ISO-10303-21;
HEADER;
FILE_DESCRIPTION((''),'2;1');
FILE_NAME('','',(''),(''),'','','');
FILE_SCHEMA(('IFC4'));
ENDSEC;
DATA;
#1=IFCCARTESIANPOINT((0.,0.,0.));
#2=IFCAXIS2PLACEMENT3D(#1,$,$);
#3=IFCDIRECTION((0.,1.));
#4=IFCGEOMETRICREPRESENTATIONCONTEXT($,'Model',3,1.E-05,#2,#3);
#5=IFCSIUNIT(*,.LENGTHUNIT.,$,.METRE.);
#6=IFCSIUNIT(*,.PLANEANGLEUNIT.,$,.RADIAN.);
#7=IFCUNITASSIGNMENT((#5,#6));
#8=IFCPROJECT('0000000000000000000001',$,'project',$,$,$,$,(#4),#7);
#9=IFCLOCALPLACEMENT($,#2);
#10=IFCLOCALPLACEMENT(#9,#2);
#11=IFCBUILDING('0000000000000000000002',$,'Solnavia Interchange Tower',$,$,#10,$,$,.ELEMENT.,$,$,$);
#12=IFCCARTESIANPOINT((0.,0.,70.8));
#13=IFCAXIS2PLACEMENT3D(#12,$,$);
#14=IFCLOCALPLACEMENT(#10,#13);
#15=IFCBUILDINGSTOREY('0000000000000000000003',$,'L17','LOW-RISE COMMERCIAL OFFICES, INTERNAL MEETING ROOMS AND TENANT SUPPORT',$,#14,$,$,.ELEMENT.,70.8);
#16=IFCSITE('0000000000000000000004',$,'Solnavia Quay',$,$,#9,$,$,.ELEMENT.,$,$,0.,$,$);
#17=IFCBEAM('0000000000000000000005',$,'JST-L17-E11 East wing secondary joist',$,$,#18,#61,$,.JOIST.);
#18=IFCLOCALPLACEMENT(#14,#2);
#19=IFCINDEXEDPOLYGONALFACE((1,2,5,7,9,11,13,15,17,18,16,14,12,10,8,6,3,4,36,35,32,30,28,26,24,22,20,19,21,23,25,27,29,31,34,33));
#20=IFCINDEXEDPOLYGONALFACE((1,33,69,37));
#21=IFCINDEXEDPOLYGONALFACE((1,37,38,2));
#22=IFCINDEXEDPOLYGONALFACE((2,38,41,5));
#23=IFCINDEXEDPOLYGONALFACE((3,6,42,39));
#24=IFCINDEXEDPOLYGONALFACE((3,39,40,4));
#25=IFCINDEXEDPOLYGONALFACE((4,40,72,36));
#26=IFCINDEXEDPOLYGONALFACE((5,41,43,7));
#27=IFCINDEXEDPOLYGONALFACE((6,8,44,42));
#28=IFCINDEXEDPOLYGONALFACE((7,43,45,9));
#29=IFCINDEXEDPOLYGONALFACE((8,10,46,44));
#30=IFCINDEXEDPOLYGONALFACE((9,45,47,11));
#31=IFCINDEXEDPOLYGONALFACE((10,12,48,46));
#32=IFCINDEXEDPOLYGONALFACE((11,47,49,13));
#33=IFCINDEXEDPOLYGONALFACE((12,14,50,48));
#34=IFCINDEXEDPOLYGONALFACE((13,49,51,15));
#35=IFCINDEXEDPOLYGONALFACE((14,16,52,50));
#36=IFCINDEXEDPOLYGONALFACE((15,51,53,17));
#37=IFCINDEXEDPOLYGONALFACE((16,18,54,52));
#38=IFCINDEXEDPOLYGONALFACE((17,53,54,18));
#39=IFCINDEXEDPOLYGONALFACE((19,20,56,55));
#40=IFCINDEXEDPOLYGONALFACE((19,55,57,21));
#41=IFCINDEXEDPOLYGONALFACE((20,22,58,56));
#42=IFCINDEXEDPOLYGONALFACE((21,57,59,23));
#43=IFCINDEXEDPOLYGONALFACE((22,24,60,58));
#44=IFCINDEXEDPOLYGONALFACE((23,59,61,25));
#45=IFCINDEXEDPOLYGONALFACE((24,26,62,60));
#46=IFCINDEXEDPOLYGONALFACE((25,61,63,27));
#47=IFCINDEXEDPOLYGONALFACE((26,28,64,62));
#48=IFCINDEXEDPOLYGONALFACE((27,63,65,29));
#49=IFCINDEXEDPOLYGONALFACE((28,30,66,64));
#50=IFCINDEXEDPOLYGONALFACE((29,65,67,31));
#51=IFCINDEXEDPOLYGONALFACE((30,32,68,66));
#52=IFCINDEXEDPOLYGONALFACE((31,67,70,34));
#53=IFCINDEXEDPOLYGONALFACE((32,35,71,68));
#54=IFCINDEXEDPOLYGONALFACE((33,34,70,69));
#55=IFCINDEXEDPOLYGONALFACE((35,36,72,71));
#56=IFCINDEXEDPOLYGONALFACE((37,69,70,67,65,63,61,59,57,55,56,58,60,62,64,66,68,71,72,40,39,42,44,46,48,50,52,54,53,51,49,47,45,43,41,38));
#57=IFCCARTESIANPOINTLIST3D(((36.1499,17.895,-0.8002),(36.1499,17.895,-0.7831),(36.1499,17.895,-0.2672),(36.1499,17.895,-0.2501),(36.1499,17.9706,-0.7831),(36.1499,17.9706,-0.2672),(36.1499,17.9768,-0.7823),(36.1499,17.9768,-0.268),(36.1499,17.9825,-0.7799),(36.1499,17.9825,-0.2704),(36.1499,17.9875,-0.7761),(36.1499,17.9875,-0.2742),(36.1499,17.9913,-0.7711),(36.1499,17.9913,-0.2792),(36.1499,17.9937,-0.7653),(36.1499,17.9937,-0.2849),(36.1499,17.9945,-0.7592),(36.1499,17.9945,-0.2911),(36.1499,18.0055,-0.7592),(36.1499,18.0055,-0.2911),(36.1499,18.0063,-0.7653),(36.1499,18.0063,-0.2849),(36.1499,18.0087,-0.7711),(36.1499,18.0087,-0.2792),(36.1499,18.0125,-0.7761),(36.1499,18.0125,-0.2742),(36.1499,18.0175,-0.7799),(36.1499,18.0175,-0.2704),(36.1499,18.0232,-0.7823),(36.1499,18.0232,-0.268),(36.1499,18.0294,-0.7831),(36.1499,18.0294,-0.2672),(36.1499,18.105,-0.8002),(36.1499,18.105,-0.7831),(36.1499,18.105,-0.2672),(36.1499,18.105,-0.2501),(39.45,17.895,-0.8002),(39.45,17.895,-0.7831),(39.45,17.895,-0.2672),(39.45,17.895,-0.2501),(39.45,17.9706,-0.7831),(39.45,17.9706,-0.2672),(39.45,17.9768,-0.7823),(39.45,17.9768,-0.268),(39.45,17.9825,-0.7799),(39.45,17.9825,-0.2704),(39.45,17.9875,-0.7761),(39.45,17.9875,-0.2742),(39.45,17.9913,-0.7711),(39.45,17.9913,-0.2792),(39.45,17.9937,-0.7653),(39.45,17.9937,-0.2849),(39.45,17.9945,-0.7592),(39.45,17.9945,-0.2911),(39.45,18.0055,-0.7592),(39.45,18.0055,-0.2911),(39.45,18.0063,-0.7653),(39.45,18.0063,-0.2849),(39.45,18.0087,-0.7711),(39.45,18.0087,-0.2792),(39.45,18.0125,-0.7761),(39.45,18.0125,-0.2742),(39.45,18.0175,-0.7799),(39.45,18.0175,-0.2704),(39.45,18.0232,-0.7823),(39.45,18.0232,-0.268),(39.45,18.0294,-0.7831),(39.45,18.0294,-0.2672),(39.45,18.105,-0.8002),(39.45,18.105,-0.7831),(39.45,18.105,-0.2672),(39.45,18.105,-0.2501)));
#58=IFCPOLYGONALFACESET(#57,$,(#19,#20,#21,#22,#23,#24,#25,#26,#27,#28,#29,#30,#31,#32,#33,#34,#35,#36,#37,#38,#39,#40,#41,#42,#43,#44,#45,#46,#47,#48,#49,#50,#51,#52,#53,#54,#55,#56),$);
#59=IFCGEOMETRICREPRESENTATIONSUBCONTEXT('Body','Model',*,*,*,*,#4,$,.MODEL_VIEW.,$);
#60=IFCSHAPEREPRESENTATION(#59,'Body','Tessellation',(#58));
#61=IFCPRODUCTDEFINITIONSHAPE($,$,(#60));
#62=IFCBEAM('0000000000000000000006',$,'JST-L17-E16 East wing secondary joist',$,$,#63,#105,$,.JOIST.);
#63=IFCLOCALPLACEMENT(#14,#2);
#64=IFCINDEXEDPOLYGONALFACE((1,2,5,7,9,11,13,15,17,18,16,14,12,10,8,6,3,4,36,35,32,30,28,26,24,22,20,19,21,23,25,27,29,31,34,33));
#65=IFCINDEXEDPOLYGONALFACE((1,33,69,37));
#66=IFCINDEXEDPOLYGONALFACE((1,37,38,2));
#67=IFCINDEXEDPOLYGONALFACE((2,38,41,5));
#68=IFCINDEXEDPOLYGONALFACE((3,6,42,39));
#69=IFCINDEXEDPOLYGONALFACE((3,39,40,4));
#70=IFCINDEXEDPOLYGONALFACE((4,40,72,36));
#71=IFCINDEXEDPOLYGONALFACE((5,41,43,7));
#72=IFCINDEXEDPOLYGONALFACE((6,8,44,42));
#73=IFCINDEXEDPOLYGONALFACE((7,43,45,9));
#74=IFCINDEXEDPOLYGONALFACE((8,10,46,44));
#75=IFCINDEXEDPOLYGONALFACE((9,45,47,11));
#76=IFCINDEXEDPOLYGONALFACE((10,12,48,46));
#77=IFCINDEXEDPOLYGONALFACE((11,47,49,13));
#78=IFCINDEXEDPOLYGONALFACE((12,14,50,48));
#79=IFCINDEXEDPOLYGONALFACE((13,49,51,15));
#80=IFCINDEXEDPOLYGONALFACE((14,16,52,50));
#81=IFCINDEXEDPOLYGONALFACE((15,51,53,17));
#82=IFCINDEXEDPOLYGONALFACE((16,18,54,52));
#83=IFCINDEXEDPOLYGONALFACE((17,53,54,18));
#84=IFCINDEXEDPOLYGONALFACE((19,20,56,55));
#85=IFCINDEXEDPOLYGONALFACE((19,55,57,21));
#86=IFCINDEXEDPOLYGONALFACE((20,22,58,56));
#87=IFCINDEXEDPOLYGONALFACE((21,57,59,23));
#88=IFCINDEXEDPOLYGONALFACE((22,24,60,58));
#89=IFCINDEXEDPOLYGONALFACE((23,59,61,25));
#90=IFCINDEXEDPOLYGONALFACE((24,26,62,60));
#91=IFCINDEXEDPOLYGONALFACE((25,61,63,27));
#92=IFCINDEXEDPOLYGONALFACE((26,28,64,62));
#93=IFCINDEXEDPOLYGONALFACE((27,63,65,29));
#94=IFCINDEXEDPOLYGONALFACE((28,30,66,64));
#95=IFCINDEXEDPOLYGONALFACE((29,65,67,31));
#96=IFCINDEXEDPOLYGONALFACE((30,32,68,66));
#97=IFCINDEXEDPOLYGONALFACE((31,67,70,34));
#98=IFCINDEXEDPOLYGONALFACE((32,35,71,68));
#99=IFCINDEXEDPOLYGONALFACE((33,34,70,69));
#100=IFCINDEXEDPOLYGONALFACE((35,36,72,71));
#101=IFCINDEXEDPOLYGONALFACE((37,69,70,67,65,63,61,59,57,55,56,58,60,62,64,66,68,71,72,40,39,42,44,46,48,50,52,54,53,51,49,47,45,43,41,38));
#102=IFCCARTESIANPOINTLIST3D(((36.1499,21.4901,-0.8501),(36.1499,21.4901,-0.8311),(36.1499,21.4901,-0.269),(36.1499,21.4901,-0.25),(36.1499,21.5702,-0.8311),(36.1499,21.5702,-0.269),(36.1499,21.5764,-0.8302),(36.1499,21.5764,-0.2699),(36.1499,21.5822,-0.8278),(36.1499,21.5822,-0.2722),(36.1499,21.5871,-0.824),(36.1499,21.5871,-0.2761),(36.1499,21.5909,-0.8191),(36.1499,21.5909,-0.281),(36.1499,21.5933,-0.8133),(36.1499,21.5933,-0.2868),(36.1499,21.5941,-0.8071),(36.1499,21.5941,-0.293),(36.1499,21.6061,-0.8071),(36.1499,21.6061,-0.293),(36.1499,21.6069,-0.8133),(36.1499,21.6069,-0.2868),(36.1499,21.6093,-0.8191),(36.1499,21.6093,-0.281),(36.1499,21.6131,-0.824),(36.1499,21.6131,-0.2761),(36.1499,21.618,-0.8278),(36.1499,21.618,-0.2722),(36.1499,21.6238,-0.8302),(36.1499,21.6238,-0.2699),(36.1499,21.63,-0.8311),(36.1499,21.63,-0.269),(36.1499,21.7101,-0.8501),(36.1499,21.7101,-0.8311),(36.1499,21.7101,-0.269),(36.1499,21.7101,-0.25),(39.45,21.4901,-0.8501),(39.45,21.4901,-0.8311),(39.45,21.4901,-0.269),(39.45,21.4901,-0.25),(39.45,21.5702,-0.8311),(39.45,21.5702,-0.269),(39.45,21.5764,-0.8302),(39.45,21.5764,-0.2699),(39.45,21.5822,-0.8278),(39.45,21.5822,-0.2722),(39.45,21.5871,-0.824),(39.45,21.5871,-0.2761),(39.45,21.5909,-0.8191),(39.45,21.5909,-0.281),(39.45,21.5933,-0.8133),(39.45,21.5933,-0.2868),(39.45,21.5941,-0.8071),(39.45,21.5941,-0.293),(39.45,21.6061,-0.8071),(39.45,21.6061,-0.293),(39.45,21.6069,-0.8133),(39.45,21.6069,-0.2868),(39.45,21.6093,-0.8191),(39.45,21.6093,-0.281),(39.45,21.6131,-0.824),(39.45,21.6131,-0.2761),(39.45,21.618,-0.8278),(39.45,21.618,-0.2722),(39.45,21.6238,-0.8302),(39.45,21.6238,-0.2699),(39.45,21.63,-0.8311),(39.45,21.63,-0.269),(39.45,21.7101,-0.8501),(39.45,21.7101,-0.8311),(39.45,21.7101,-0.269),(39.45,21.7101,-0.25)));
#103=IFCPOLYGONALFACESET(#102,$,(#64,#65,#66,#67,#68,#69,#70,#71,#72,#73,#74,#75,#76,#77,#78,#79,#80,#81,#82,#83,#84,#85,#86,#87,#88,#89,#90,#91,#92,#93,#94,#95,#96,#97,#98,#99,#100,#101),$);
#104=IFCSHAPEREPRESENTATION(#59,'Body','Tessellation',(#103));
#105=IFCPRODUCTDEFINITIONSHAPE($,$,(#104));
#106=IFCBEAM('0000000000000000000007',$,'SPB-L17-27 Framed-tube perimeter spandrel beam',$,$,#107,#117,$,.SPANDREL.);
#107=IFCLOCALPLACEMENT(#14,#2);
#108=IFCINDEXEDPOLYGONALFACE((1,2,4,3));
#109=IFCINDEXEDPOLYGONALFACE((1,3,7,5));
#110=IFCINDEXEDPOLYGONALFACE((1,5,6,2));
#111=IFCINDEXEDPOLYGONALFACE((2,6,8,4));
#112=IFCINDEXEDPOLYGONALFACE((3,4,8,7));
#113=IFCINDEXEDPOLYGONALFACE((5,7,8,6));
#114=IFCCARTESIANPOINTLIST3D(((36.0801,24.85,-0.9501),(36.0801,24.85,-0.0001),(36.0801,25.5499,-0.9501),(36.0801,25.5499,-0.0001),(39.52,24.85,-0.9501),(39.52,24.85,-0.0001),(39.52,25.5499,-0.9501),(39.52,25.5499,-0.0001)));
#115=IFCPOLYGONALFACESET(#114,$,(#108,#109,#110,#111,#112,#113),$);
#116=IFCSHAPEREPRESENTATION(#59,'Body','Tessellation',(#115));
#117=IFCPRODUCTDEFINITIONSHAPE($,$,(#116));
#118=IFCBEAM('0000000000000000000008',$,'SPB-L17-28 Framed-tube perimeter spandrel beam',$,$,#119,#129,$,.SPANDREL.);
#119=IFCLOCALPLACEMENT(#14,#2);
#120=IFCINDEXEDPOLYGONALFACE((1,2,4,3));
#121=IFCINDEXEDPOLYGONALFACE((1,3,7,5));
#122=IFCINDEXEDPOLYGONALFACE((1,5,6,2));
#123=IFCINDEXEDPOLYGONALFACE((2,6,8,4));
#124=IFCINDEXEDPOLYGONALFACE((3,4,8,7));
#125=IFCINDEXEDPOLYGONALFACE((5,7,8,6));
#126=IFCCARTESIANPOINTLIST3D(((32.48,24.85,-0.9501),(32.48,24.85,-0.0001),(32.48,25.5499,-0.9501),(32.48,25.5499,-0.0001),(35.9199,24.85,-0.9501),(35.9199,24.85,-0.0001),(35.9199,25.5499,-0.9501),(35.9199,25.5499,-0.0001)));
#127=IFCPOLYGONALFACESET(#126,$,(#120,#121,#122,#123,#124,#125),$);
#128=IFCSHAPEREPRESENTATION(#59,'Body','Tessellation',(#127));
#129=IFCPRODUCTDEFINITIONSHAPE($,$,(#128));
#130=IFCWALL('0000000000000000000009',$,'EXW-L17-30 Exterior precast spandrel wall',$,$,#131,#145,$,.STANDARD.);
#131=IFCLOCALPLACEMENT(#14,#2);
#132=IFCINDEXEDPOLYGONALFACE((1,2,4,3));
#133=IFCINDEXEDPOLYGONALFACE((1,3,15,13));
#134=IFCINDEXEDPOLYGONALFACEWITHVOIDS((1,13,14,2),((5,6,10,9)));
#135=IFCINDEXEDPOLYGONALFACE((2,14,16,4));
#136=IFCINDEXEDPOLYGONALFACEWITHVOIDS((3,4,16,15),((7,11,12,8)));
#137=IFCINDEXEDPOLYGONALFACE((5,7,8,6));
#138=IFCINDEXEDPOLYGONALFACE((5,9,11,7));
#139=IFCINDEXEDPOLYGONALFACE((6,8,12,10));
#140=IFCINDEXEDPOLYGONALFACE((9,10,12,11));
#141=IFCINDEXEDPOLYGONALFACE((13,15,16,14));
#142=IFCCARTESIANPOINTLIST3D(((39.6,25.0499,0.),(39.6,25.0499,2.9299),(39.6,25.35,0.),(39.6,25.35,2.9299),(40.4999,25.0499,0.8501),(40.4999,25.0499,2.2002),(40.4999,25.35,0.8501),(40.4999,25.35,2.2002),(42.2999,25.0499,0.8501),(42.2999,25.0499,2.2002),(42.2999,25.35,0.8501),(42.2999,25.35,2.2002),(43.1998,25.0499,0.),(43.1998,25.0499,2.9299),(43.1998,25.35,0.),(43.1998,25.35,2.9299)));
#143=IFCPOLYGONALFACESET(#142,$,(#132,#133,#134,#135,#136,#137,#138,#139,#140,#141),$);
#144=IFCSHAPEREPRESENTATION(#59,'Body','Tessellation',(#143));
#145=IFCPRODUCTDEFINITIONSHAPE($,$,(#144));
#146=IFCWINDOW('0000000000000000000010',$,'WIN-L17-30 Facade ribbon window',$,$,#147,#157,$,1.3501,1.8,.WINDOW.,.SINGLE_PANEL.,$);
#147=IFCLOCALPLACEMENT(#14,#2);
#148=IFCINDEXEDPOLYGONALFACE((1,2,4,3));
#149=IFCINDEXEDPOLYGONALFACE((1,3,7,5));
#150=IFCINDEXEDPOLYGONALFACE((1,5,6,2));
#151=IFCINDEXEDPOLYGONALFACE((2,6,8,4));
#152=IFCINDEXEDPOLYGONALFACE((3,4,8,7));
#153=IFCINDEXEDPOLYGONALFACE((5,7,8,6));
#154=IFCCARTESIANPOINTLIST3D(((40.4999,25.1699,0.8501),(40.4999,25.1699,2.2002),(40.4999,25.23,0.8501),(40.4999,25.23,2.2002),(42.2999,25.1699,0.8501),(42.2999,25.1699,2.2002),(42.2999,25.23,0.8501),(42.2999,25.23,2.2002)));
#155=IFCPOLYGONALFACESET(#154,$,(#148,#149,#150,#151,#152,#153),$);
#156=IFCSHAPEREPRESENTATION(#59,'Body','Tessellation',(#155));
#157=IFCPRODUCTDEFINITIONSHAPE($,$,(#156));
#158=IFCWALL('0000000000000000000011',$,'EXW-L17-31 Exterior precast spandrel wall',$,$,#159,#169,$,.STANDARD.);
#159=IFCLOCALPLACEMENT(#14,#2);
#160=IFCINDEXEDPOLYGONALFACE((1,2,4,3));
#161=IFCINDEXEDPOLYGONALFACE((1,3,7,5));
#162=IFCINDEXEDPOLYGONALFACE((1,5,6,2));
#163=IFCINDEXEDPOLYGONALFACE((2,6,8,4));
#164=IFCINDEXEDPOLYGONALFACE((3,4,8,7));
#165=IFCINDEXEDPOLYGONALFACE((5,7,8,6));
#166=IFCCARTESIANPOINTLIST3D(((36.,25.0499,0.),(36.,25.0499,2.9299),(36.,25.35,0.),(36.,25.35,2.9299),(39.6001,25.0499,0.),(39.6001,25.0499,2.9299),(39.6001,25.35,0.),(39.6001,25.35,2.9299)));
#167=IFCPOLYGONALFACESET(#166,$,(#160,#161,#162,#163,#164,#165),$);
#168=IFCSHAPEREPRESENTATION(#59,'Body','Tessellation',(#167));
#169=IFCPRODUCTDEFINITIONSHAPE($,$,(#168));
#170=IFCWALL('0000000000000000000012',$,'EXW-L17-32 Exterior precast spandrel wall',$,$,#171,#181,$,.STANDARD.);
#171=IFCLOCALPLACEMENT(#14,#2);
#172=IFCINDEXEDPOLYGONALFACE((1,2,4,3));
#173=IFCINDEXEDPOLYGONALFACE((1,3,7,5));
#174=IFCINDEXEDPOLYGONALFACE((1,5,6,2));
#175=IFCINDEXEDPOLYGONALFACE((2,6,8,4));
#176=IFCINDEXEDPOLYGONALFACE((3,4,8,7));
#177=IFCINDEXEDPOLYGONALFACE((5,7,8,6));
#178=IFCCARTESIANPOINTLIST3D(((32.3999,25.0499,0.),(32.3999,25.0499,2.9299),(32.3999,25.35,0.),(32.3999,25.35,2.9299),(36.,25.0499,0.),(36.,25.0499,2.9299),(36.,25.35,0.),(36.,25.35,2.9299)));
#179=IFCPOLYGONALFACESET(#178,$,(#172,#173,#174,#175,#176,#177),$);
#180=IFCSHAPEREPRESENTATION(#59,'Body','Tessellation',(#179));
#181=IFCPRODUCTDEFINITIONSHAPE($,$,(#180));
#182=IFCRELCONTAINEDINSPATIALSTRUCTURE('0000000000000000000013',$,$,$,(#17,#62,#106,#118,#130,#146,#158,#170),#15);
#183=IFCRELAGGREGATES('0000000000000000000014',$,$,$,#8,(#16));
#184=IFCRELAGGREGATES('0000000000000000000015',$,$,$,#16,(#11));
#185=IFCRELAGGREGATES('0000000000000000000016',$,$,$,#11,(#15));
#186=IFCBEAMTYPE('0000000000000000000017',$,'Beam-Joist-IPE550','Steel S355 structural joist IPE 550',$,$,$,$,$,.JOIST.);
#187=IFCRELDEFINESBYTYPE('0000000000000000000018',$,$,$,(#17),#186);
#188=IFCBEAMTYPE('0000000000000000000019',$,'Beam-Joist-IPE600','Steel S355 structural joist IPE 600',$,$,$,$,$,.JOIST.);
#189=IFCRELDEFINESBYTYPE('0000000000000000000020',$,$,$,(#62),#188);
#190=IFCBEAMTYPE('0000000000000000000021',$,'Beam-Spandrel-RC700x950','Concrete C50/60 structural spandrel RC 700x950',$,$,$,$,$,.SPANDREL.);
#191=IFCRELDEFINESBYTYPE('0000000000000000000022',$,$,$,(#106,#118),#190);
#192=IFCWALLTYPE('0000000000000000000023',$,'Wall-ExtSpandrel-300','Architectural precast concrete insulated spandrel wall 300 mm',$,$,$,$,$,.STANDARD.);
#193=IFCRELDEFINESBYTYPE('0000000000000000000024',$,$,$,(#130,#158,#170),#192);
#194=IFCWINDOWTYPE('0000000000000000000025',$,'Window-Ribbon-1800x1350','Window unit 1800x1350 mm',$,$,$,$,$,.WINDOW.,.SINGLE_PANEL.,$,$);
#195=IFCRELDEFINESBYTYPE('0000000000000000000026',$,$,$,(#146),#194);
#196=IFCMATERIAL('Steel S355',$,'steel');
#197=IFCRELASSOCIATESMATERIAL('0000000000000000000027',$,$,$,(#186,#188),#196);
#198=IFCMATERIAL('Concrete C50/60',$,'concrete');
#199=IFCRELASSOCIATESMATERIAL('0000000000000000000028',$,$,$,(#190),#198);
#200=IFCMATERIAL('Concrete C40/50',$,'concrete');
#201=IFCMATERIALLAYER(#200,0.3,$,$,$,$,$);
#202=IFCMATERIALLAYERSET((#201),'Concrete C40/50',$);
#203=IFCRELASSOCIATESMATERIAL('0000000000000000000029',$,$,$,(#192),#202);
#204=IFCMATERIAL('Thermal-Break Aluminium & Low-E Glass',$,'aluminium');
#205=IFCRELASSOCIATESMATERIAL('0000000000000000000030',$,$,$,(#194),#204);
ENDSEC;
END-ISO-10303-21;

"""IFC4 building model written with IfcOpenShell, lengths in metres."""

from ifc_helpers import new_model, si_unit, direction, frame, frame_2d, origin, origin_2d, place, context, subcontext, project, spatial, rectangle, i_section, extrude, material, layer, layer_set, material_profile, profile_set, type_object, element, fill, save


model = new_model("IFC4")

# Units and contexts
model_context = context("Model", 3, precision=1e-05, world=origin(), true_north=direction((0.0, 1.0)))
body_context = subcontext(model_context, "Body", "Model", "MODEL_VIEW")
ifc_project = project(units=[si_unit("LENGTHUNIT", "METRE"), si_unit("PLANEANGLEUNIT", "RADIAN")], contexts=[model_context])

# Site, building, storey
site_placement = place(None, origin())
site = spatial("IfcSite", under=ifc_project, at=site_placement, Name="Solnavia Quay", CompositionType="ELEMENT", RefElevation=0.0)
building_placement = place(site_placement, origin())
building = spatial("IfcBuilding", under=site, at=building_placement, Name="Solnavia Interchange Tower", CompositionType="ELEMENT")
storey_placement = place(building_placement, frame((0.0, 0.0, 70.8)))
storey = spatial("IfcBuildingStorey", under=building, at=storey_placement, Name="L17", Description="LOW-RISE COMMERCIAL OFFICES, INTERNAL MEETING ROOMS AND TENANT SUPPORT", CompositionType="ELEMENT", Elevation=70.8)

# Shared definitions
ifc_material_1 = material(Name="Steel S355", Category="steel")

# Beams
ifc_material_2 = material(Name="Concrete C50/60", Category="concrete")
ifc_material_profile_1 = material_profile(ifc_material_1, i_section(OverallWidth=0.21, OverallDepth=0.55, WebThickness=0.011, FlangeThickness=0.0171, FilletRadius=0.0239, at=origin_2d()), Name="IPE 550")
ifc_profile_set_1 = profile_set([ifc_material_profile_1], Name="Steel S355")
beam_type_1 = type_object("IfcBeamType", Name="Beam-Joist-IPE550", Description="Steel S355 structural joist IPE 550", PredefinedType="JOIST", material=ifc_profile_set_1)
beam_1_placement = place(storey_placement, frame((36.1499, 18.0, -0.5251), z_axis=(1.0, 0.0, 0.0), x_axis=(0.0, 1.0, 0.0)))
element("IfcBeam", 1, at=beam_1_placement, inside=storey, type_object=beam_type_1, Name="JST-L17-E11 East wing secondary joist", PredefinedType="JOIST", context=body_context, shape_type="SweptSolid", body=[
    extrude(i_section(OverallWidth=0.21, OverallDepth=0.55, WebThickness=0.011, FlangeThickness=0.0171, FilletRadius=0.0239, at=origin_2d()), origin(), (0.0, 0.0, 1.0), 3.3),
])
ifc_material_profile_2 = material_profile(ifc_material_1, i_section(OverallWidth=0.22, OverallDepth=0.6001, WebThickness=0.012, FlangeThickness=0.019, FilletRadius=0.0239, at=origin_2d()), Name="IPE 600")
ifc_profile_set_2 = profile_set([ifc_material_profile_2], Name="Steel S355")
beam_type_2 = type_object("IfcBeamType", Name="Beam-Joist-IPE600", Description="Steel S355 structural joist IPE 600", PredefinedType="JOIST", material=ifc_profile_set_2)
beam_2_placement = place(storey_placement, frame((36.1499, 21.6001, -0.55), z_axis=(1.0, 0.0, 0.0), x_axis=(0.0, 1.0, 0.0)))
element("IfcBeam", 2, at=beam_2_placement, inside=storey, type_object=beam_type_2, Name="JST-L17-E16 East wing secondary joist", PredefinedType="JOIST", context=body_context, shape_type="SweptSolid", body=[
    extrude(i_section(OverallWidth=0.22, OverallDepth=0.6001, WebThickness=0.012, FlangeThickness=0.019, FilletRadius=0.0239, at=origin_2d()), origin(), (0.0, 0.0, 1.0), 3.3),
])
ifc_material_profile_3 = material_profile(ifc_material_2, rectangle(XDim=0.7, YDim=0.95, at=origin_2d()), Name="RC 700x950")
ifc_profile_set_3 = profile_set([ifc_material_profile_3], Name="Concrete C50/60")
beam_type_3 = type_object("IfcBeamType", Name="Beam-Spandrel-RC700x950", Description="Concrete C50/60 structural spandrel RC 700x950", PredefinedType="SPANDREL", material=ifc_profile_set_3)
for number, where, z_axis, x_axis, name in (
    (3, (39.52, 25.2, -0.4751), (-1.0, 0.0, 0.0), (0.0, -1.0, 0.0), "SPB-L17-27 Framed-tube perimeter spandrel beam"),
    (4, (35.9199, 25.2, -0.4751), (-1.0, 0.0, 0.0), (0.0, -1.0, 0.0), "SPB-L17-28 Framed-tube perimeter spandrel beam"),
):
    element("IfcBeam", number, at=place(storey_placement, frame(where, z_axis=z_axis, x_axis=x_axis)), inside=storey, type_object=beam_type_3, Name=name, PredefinedType="SPANDREL", context=body_context, shape_type="SweptSolid", body=[
        extrude(rectangle(XDim=0.7, YDim=0.95, at=origin_2d()), origin(), (0.0, 0.0, 1.0), 3.4399),
    ])

# Wall, opening, window
ifc_material_3 = material(Name="Concrete C40/50", Category="concrete")
ifc_layer_1 = layer(ifc_material_3, 0.3)
ifc_layer_set_1 = layer_set([ifc_layer_1], Name="Concrete C40/50")
wall_type_1 = type_object("IfcWallType", Name="Wall-ExtSpandrel-300", Description="Architectural precast concrete insulated spandrel wall 300 mm", PredefinedType="STANDARD", material=ifc_layer_set_1)
wall_1_placement = place(storey_placement, frame((39.6001, 25.2, 0.0), z_axis=(0.0, 0.0, 1.0), x_axis=(1.0, 0.0, 0.0)))
wall_1 = element("IfcWall", 5, at=wall_1_placement, inside=storey, type_object=wall_type_1, Name="EXW-L17-30 Exterior precast spandrel wall", PredefinedType="STANDARD", context=body_context, shape_type="SweptSolid", body=[
    extrude(rectangle(XDim=3.5999, YDim=0.3, at=frame_2d((1.7998, 0.0))), origin(), (0.0, 0.0, 1.0), 2.9299),
])
opening_1_placement = place(wall_1_placement, frame((0.8999, 0.0, 0.8501)))
opening_1 = element("IfcOpeningElement", 6, at=opening_1_placement, cuts=wall_1, PredefinedType="OPENING", context=body_context, shape_type="SweptSolid", body=[
    extrude(rectangle(XDim=1.8, YDim=1.3501, at=frame_2d((0.8999, 0.675))), frame((0.0, 0.1602, 0.0), z_axis=(0.0, -1.0, 0.0), x_axis=(1.0, 0.0, 0.0)), (0.0, 0.0, 1.0), 0.3201),
])
ifc_material_4 = material(Name="Thermal-Break Aluminium & Low-E Glass", Category="aluminium")
window_type = type_object("IfcWindowType", Name="Window-Ribbon-1800x1350", Description="Window unit 1800x1350 mm", PartitioningType="SINGLE_PANEL", PredefinedType="WINDOW", material=ifc_material_4)
window_1_placement = place(opening_1_placement, origin())
window_1 = element("IfcWindow", 7, at=window_1_placement, inside=storey, type_object=window_type, Name="WIN-L17-30 Facade ribbon window", OverallHeight=1.3501, OverallWidth=1.8, PartitioningType="SINGLE_PANEL", PredefinedType="WINDOW", context=body_context, shape_type="SweptSolid", body=[
    extrude(rectangle(XDim=1.8, YDim=1.3501, at=frame_2d((0.8999, 0.675))), frame((0.0, 0.03, 0.0), z_axis=(0.0, -1.0, 0.0), x_axis=(1.0, 0.0, 0.0)), (0.0, 0.0, 1.0), 0.0601),
])
fill(opening_1, window_1)

# Walls
for number, where, z_axis, x_axis, name in (
    (8, (36.0, 25.2, 0.0), (0.0, 0.0, 1.0), (1.0, 0.0, 0.0), "EXW-L17-31 Exterior precast spandrel wall"),
    (9, (32.3999, 25.2, 0.0), (0.0, 0.0, 1.0), (1.0, 0.0, 0.0), "EXW-L17-32 Exterior precast spandrel wall"),
):
    element("IfcWall", number, at=place(storey_placement, frame(where, z_axis=z_axis, x_axis=x_axis)), inside=storey, type_object=wall_type_1, Name=name, PredefinedType="STANDARD", context=body_context, shape_type="SweptSolid", body=[
        extrude(rectangle(XDim=3.6001, YDim=0.3, at=frame_2d((1.8, 0.0))), origin(), (0.0, 0.0, 1.0), 2.9299),
    ])

save(model, "model.ifc")
